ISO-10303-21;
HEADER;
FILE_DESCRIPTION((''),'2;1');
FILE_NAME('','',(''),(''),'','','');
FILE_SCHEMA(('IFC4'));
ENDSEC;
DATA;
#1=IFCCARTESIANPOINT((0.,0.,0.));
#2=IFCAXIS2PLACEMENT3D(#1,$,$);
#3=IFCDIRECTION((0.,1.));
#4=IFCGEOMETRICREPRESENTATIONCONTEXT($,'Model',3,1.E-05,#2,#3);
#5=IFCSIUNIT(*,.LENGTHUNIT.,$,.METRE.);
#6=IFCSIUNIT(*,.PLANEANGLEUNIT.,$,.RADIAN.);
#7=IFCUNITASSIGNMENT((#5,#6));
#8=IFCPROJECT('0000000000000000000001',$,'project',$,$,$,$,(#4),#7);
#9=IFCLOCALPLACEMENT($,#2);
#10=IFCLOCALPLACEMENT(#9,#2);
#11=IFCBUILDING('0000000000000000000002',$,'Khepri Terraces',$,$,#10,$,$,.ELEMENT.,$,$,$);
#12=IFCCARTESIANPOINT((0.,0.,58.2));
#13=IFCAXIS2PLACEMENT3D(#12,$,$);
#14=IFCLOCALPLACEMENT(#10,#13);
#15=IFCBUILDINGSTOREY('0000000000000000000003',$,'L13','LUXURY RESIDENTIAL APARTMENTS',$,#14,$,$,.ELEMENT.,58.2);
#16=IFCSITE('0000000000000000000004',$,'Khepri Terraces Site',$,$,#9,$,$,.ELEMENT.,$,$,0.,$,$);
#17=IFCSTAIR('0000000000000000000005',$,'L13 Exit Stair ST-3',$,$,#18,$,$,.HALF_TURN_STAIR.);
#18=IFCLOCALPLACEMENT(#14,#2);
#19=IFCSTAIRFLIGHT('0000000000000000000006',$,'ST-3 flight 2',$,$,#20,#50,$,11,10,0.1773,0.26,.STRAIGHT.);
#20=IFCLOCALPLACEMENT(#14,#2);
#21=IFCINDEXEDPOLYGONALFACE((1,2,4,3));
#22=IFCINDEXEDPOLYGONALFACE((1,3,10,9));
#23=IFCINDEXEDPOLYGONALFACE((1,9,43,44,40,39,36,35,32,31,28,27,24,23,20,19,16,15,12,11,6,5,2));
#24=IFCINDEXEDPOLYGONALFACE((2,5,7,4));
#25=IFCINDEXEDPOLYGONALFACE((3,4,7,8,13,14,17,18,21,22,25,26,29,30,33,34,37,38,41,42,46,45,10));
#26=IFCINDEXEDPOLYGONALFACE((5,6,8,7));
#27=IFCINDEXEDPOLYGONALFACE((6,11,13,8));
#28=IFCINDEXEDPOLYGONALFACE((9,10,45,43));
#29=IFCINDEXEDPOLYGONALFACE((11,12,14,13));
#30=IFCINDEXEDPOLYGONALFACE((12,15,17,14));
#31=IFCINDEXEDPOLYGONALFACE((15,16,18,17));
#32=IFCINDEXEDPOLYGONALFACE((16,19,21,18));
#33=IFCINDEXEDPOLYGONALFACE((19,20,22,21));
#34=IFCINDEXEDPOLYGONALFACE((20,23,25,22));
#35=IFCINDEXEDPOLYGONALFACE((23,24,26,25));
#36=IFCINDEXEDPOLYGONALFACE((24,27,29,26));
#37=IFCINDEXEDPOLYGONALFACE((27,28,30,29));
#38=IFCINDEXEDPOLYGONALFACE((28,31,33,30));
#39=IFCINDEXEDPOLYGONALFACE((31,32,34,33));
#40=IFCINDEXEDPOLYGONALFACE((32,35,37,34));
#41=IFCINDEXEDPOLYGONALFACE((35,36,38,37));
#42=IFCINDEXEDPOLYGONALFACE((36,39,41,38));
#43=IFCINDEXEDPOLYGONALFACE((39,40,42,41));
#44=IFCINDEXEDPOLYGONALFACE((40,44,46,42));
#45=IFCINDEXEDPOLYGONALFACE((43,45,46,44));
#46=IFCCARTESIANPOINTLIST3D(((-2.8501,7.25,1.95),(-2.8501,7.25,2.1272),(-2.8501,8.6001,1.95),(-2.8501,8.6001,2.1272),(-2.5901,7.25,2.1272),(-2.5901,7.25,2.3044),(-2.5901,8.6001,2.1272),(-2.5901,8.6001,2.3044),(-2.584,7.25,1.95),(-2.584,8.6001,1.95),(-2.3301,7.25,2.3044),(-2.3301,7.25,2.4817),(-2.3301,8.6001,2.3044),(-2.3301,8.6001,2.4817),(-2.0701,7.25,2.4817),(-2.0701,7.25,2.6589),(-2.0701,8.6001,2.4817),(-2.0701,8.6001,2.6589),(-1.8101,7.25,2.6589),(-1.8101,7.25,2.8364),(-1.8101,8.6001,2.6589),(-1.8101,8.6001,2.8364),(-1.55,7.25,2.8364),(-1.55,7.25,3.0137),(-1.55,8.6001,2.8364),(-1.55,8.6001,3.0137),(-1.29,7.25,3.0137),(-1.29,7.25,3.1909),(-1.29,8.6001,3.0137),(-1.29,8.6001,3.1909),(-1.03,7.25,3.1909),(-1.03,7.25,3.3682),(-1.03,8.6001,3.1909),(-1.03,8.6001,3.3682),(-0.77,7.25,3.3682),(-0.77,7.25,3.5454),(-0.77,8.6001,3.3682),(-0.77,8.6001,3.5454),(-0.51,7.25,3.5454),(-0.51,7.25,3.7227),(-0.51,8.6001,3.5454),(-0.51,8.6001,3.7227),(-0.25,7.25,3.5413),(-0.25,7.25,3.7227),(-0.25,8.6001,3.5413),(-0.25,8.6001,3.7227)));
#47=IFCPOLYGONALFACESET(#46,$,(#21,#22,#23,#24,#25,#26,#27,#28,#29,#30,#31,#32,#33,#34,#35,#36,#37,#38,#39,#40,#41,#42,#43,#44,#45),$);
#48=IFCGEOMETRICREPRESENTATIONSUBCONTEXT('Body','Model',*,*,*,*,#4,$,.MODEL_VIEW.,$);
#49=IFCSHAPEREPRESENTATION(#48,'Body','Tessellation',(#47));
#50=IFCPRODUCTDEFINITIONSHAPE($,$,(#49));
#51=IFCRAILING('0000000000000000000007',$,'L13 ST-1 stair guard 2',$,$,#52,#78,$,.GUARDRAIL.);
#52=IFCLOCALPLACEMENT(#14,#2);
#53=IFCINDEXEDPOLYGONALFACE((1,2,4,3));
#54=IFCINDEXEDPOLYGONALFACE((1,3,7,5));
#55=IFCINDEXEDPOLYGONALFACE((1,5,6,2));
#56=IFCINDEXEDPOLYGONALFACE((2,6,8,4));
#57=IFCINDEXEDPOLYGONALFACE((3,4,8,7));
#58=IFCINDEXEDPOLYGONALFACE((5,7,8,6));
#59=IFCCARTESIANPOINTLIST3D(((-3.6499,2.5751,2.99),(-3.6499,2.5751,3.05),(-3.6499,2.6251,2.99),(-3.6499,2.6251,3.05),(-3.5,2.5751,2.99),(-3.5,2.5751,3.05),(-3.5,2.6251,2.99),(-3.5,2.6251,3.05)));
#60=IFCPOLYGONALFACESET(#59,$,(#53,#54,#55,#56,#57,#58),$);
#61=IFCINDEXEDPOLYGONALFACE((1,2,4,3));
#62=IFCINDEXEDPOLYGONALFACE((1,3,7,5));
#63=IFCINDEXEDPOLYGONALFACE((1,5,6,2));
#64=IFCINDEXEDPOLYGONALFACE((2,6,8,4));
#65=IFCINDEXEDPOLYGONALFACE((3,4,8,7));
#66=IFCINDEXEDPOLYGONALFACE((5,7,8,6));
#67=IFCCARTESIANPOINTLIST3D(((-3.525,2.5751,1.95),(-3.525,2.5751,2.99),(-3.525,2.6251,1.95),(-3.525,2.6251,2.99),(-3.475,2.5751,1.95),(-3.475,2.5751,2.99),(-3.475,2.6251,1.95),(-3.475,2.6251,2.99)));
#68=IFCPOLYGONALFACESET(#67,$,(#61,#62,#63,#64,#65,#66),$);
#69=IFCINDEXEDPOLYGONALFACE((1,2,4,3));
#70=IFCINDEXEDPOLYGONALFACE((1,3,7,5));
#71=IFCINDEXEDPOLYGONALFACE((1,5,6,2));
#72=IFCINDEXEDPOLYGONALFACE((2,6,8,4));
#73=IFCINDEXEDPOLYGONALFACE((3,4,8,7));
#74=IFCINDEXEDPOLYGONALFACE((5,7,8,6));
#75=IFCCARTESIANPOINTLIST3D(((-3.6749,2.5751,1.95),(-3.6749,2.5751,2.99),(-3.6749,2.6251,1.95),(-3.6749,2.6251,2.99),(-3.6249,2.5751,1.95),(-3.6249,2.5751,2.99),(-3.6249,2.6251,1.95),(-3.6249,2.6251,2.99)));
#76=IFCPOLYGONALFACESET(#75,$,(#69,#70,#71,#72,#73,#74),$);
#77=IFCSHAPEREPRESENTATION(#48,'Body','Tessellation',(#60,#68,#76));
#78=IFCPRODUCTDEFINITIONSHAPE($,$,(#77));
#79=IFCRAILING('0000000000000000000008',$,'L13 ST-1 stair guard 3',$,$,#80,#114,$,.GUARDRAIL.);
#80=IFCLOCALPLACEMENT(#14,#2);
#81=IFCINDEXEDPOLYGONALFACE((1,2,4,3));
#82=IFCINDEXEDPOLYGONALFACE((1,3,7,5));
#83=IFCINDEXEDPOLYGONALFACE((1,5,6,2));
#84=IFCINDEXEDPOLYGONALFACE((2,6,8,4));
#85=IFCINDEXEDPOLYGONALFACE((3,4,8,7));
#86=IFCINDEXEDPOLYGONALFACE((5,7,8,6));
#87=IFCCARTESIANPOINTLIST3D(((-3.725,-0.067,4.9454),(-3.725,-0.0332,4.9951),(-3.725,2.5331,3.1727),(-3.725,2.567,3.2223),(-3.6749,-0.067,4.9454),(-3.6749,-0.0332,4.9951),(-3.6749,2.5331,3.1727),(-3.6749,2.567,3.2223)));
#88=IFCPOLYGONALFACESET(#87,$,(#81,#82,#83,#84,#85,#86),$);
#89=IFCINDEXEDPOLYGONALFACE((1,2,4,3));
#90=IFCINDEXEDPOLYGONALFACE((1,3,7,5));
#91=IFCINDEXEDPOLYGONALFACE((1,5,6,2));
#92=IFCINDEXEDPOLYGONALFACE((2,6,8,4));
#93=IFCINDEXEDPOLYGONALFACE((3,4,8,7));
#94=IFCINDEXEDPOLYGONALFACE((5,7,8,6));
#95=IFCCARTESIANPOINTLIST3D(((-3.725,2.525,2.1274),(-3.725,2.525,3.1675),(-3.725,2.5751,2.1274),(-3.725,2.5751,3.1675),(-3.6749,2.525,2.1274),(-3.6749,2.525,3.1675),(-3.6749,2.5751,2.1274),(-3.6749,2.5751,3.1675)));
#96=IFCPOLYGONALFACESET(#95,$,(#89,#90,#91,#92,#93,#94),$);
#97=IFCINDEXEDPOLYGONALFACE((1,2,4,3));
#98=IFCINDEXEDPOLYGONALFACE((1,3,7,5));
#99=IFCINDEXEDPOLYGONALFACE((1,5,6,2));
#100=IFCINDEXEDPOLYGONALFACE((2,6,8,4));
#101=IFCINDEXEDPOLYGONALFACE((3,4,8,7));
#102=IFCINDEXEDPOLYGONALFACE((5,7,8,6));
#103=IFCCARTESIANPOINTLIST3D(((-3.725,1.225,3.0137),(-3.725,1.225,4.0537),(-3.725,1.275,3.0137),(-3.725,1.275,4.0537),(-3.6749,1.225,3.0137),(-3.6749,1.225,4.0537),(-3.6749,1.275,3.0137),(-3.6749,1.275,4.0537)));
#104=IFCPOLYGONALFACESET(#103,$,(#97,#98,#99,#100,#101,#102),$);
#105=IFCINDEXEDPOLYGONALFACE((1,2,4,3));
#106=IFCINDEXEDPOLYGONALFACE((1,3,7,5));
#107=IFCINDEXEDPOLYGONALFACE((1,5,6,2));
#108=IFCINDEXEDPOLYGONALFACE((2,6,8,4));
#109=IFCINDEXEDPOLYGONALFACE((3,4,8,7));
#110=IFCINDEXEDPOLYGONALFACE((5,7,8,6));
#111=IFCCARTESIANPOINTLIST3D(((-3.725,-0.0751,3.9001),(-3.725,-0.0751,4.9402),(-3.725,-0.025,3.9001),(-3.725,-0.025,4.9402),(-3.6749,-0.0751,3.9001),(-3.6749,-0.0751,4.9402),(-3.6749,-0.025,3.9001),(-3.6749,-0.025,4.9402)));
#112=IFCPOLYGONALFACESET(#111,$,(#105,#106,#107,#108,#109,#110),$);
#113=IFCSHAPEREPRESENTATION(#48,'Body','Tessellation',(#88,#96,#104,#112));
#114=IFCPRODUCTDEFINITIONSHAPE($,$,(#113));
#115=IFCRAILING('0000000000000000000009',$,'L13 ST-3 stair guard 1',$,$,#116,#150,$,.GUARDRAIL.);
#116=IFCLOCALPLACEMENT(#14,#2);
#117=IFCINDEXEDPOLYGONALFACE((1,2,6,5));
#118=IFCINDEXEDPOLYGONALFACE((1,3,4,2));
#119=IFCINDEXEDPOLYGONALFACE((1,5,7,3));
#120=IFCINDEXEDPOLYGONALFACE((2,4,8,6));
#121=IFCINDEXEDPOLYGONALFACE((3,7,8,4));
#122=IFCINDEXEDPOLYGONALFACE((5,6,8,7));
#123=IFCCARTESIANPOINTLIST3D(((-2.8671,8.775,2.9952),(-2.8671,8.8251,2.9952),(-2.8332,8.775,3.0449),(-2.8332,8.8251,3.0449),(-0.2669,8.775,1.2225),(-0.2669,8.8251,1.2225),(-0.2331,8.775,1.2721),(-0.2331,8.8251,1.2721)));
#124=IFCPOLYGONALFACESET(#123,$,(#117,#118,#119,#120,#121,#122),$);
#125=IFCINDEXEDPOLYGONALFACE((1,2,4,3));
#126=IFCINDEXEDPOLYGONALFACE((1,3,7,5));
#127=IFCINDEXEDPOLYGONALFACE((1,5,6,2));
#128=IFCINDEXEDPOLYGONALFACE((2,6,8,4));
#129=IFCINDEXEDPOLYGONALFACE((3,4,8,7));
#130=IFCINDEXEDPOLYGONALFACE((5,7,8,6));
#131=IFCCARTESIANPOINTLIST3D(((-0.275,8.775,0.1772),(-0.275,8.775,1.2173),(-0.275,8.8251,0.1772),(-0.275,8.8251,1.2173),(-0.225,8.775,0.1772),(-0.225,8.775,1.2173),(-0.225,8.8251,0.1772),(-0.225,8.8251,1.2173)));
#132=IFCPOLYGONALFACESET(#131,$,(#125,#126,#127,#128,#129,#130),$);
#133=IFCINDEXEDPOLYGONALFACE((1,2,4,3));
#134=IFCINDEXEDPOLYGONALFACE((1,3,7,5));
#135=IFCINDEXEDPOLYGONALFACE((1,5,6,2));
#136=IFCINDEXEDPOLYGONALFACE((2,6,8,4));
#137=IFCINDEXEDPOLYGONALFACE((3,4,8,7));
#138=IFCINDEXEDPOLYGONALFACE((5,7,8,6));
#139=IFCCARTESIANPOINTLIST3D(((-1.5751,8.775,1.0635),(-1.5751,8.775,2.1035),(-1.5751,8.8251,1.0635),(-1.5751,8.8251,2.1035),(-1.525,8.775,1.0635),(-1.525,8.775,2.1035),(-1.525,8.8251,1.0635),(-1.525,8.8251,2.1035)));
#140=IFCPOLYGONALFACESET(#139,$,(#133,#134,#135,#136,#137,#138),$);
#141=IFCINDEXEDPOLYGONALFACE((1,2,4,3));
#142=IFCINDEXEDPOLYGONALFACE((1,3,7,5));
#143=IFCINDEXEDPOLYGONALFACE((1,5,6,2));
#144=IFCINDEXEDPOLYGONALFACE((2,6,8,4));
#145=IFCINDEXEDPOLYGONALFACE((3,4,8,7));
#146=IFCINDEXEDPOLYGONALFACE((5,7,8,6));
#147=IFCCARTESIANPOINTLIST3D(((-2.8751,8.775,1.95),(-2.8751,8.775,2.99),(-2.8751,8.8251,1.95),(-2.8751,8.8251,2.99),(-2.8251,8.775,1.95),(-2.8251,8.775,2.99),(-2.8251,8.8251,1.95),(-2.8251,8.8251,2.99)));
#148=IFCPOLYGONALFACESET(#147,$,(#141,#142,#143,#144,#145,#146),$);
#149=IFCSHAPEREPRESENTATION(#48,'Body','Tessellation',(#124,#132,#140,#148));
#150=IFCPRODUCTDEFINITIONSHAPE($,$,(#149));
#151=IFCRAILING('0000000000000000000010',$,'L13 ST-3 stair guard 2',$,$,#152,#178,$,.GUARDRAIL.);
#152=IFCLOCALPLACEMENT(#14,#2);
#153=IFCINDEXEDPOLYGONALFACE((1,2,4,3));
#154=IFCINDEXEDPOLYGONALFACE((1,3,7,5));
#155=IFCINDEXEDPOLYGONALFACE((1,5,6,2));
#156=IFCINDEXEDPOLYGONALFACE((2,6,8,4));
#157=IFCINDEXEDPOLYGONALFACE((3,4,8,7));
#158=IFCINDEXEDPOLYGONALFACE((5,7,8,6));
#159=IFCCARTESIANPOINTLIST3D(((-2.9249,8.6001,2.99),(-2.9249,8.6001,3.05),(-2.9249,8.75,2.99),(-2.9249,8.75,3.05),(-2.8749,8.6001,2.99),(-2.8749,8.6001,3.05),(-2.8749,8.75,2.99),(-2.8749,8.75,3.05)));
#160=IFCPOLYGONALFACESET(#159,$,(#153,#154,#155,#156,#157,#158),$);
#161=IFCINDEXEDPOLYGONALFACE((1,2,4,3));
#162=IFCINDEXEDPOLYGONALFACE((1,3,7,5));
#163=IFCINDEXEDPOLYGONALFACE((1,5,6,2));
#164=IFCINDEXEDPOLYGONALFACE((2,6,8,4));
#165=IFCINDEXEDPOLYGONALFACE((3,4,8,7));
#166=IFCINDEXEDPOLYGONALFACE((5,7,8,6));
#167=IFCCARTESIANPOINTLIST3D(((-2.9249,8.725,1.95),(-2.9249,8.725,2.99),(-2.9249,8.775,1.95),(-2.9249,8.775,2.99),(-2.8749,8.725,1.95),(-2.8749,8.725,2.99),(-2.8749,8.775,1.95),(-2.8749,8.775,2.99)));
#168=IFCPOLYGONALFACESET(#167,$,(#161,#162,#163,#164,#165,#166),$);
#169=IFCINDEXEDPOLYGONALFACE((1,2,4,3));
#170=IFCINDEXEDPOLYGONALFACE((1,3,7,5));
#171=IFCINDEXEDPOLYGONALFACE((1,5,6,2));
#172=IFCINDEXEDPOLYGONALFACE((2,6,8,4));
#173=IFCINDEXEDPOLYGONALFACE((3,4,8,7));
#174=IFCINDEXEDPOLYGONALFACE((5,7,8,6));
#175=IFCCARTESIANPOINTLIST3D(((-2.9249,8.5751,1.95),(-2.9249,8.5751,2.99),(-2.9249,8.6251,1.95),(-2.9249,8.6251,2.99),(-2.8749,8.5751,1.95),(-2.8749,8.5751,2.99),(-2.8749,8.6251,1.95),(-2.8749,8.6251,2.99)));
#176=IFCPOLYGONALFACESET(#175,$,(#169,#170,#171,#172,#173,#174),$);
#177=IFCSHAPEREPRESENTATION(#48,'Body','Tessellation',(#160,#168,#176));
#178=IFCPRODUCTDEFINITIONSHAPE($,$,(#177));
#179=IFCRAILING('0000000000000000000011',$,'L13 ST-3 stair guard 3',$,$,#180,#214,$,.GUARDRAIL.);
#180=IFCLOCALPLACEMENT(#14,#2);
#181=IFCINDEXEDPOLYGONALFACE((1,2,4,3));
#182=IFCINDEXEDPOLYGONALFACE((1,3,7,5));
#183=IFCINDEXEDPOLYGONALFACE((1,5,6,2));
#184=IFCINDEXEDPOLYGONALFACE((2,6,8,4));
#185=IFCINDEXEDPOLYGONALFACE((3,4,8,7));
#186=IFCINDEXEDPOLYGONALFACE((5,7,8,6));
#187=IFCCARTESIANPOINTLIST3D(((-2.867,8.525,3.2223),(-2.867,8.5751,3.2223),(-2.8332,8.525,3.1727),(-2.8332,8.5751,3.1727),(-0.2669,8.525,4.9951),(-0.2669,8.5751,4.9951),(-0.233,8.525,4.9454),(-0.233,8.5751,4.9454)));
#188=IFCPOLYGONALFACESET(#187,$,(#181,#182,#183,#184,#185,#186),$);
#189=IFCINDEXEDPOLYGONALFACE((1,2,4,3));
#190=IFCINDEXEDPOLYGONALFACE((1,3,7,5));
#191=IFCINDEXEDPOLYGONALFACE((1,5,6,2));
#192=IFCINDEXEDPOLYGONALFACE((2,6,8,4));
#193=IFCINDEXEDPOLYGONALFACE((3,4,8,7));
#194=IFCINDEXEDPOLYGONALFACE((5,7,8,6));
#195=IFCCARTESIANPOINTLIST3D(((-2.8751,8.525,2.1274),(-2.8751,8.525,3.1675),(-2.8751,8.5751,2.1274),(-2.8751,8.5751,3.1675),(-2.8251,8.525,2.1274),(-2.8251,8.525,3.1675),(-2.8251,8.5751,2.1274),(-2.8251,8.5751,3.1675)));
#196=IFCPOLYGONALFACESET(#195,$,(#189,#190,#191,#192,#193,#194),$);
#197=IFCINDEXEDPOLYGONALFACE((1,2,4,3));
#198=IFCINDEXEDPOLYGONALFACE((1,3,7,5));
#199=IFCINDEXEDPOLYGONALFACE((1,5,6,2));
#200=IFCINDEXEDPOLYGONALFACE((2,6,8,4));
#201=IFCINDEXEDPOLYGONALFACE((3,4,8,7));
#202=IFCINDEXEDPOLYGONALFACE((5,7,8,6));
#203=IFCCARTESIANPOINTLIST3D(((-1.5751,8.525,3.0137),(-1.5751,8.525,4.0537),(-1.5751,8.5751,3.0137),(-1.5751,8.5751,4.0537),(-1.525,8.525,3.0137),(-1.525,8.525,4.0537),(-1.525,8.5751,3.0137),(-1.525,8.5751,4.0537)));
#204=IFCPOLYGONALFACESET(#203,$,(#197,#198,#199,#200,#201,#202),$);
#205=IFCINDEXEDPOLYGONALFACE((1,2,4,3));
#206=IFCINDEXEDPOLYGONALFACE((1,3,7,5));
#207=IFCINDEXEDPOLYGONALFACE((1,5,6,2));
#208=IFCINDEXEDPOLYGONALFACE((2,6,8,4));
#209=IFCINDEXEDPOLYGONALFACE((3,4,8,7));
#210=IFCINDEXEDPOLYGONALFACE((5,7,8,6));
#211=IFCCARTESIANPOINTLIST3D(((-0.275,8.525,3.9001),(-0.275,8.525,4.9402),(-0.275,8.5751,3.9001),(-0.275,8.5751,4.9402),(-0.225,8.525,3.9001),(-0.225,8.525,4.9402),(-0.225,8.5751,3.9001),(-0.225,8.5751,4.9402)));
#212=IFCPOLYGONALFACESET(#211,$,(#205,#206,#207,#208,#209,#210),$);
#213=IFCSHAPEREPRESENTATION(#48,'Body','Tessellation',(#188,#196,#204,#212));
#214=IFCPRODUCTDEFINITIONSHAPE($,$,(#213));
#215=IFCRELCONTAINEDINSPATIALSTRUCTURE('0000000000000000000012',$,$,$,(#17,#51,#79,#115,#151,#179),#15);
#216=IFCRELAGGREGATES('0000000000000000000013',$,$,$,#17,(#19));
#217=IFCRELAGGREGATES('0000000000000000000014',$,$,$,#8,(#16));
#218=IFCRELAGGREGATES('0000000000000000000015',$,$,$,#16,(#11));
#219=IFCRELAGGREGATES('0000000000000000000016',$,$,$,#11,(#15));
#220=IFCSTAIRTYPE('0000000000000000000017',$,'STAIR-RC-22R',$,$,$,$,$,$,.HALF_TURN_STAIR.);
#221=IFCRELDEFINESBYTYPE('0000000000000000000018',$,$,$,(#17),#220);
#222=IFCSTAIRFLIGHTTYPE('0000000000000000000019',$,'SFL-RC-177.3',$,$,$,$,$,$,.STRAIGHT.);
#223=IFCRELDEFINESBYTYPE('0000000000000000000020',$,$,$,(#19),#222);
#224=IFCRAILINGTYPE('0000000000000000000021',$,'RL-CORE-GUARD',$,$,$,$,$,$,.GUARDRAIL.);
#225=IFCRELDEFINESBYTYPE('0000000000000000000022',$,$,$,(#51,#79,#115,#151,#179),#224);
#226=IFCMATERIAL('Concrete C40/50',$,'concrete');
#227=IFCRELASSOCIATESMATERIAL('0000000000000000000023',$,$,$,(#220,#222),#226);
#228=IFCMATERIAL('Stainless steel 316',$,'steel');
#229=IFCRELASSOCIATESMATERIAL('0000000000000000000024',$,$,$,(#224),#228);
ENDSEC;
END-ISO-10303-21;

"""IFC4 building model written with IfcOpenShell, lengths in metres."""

from ifc_helpers import new_model, si_unit, direction, frame, origin, origin_2d, place, context, subcontext, project, spatial, polyline, rectangle, outline, extrude, material, type_object, element, aggregate, save


model = new_model("IFC4")

# Units and contexts
model_context = context("Model", 3, precision=1e-05, world=origin(), true_north=direction((0.0, 1.0)))
body_context = subcontext(model_context, "Body", "Model", "MODEL_VIEW")
ifc_project = project(units=[si_unit("LENGTHUNIT", "METRE"), si_unit("PLANEANGLEUNIT", "RADIAN")], contexts=[model_context])

# Site, building, storey
site_placement = place(None, origin())
site = spatial("IfcSite", under=ifc_project, at=site_placement, Name="Khepri Terraces Site", CompositionType="ELEMENT", RefElevation=0.0)
building_placement = place(site_placement, origin())
building = spatial("IfcBuilding", under=site, at=building_placement, Name="Khepri Terraces", CompositionType="ELEMENT")
storey_placement = place(building_placement, frame((0.0, 0.0, 58.2)))
storey = spatial("IfcBuildingStorey", under=building, at=storey_placement, Name="L13", Description="LUXURY RESIDENTIAL APARTMENTS", CompositionType="ELEMENT", Elevation=58.2)

# Stair, stair flight
ifc_material_1 = material(Name="Concrete C40/50", Category="concrete")
stair_type = type_object("IfcStairType", Name="STAIR-RC-22R", PredefinedType="HALF_TURN_STAIR", material=ifc_material_1)
stair_flight_type = type_object("IfcStairFlightType", Name="SFL-RC-177.3", PredefinedType="STRAIGHT", material=ifc_material_1)
stair_1_placement = place(storey_placement, origin())
stair_1 = element("IfcStair", 1, at=stair_1_placement, inside=storey, type_object=stair_type, Name="L13 Exit Stair ST-3", PredefinedType="HALF_TURN_STAIR")
stair_flight_1_placement = place(storey_placement, frame((-2.8501, 7.925, 1.95), z_axis=(0.0, 0.0, 1.0), x_axis=(1.0, 0.0, 0.0)))
stair_flight_1 = element("IfcStairFlight", 2, at=stair_flight_1_placement, type_object=stair_flight_type, Name="ST-3 flight 2", NumberOfRisers=11, NumberOfTreads=10, PredefinedType="STRAIGHT", RiserHeight=0.1773, TreadLength=0.26, context=body_context, shape_type="SweptSolid", body=[
    extrude(outline(polyline([(0.0, 0.0), (0.0, 0.1772), (0.26, 0.1772), (0.26, 0.3545), (0.52, 0.3545), (0.52, 0.5317), (0.78, 0.5317), (0.78, 0.709), (1.04, 0.709), (1.04, 0.8865), (1.3, 0.8865), (1.3, 1.0637), (1.5601, 1.0637), (1.5601, 1.241), (1.8201, 1.241), (1.8201, 1.4182), (2.0801, 1.4182), (2.0801, 1.5955), (2.3401, 1.5955), (2.3401, 1.7727), (2.6001, 1.7727), (2.6001, 1.95), (2.6001, 1.5913), (0.2661, 0.0), (0.0, 0.0)])), frame((0.0, 0.675, 0.0), z_axis=(0.0, -1.0, 0.0), x_axis=(1.0, 0.0, 0.0)), (0.0, 0.0, 1.0), 1.3501),
])
aggregate(stair_1, [stair_flight_1])

# Railings
ifc_material_2 = material(Name="Stainless steel 316", Category="steel")
railing_type_1 = type_object("IfcRailingType", Name="RL-CORE-GUARD", PredefinedType="GUARDRAIL", material=ifc_material_2)
railing_1_placement = place(storey_placement, frame((-3.5, 2.6001, 1.95)))
element("IfcRailing", 3, at=railing_1_placement, inside=storey, type_object=railing_type_1, Name="L13 ST-1 stair guard 2", PredefinedType="GUARDRAIL", context=body_context, shape_type="SweptSolid", body=[
    extrude(rectangle(XDim=0.05, YDim=0.0601, at=origin_2d()), frame((0.0, 0.0, 1.0701), z_axis=(-1.0, 0.0, 0.0), x_axis=(0.0, -1.0, 0.0)), (0.0, 0.0, 1.0), 0.1499),
    extrude(rectangle(XDim=0.05, YDim=0.05, at=origin_2d()), origin(), (0.0, 0.0, 1.0), 1.04),
    extrude(rectangle(XDim=0.05, YDim=0.05, at=origin_2d()), frame((-0.1499, 0.0, 0.0)), (0.0, 0.0, 1.0), 1.04),
])
railing_2_placement = place(storey_placement, frame((-3.7, 2.55, 2.1274)))
element("IfcRailing", 4, at=railing_2_placement, inside=storey, type_object=railing_type_1, Name="L13 ST-1 stair guard 3", PredefinedType="GUARDRAIL", context=body_context, shape_type="SweptSolid", body=[
    extrude(rectangle(XDim=0.05, YDim=0.0601, at=origin_2d()), frame((0.0, 0.0, 1.0701), z_axis=(0.0, -0.82624, 0.563318), x_axis=(1.0, 0.0, 0.0)), (0.0, 0.0, 1.0), 3.147),
    extrude(rectangle(XDim=0.05, YDim=0.05, at=origin_2d()), origin(), (0.0, 0.0, 1.0), 1.04),
    extrude(rectangle(XDim=0.05, YDim=0.05, at=origin_2d()), frame((0.0, -1.3, 0.8862)), (0.0, 0.0, 1.0), 1.04),
    extrude(rectangle(XDim=0.05, YDim=0.05, at=origin_2d()), frame((0.0, -2.6001, 1.7727)), (0.0, 0.0, 1.0), 1.04),
])
railing_3_placement = place(storey_placement, frame((-0.25, 8.8, 0.1772)))
element("IfcRailing", 5, at=railing_3_placement, inside=storey, type_object=railing_type_1, Name="L13 ST-3 stair guard 1", PredefinedType="GUARDRAIL", context=body_context, shape_type="SweptSolid", body=[
    extrude(rectangle(XDim=0.05, YDim=0.0601, at=origin_2d()), frame((0.0, 0.0, 1.0701), z_axis=(-0.82624, 0.0, 0.563318), x_axis=(0.0, -1.0, 0.0)), (0.0, 0.0, 1.0), 3.147),
    extrude(rectangle(XDim=0.05, YDim=0.05, at=origin_2d()), origin(), (0.0, 0.0, 1.0), 1.04),
    extrude(rectangle(XDim=0.05, YDim=0.05, at=origin_2d()), frame((-1.3, 0.0, 0.8862)), (0.0, 0.0, 1.0), 1.04),
    extrude(rectangle(XDim=0.05, YDim=0.05, at=origin_2d()), frame((-2.6001, 0.0, 1.7727)), (0.0, 0.0, 1.0), 1.04),
])
railing_4_placement = place(storey_placement, frame((-2.8999, 8.75, 1.95)))
element("IfcRailing", 6, at=railing_4_placement, inside=storey, type_object=railing_type_1, Name="L13 ST-3 stair guard 2", PredefinedType="GUARDRAIL", context=body_context, shape_type="SweptSolid", body=[
    extrude(rectangle(XDim=0.05, YDim=0.0601, at=origin_2d()), frame((0.0, 0.0, 1.0701), z_axis=(0.0, -1.0, 0.0), x_axis=(1.0, 0.0, 0.0)), (0.0, 0.0, 1.0), 0.1499),
    extrude(rectangle(XDim=0.05, YDim=0.05, at=origin_2d()), origin(), (0.0, 0.0, 1.0), 1.04),
    extrude(rectangle(XDim=0.05, YDim=0.05, at=origin_2d()), frame((0.0, -0.1499, 0.0)), (0.0, 0.0, 1.0), 1.04),
])
railing_5_placement = place(storey_placement, frame((-2.8501, 8.55, 2.1274)))
element("IfcRailing", 7, at=railing_5_placement, inside=storey, type_object=railing_type_1, Name="L13 ST-3 stair guard 3", PredefinedType="GUARDRAIL", context=body_context, shape_type="SweptSolid", body=[
    extrude(rectangle(XDim=0.05, YDim=0.0601, at=origin_2d()), frame((0.0, 0.0, 1.0701), z_axis=(0.82624, 0.0, 0.563318), x_axis=(0.0, 1.0, 0.0)), (0.0, 0.0, 1.0), 3.147),
    extrude(rectangle(XDim=0.05, YDim=0.05, at=origin_2d()), origin(), (0.0, 0.0, 1.0), 1.04),
    extrude(rectangle(XDim=0.05, YDim=0.05, at=origin_2d()), frame((1.3, 0.0, 0.8862)), (0.0, 0.0, 1.0), 1.04),
    extrude(rectangle(XDim=0.05, YDim=0.05, at=origin_2d()), frame((2.6001, 0.0, 1.7727)), (0.0, 0.0, 1.0), 1.04),
])

save(model, "model.ifc")
